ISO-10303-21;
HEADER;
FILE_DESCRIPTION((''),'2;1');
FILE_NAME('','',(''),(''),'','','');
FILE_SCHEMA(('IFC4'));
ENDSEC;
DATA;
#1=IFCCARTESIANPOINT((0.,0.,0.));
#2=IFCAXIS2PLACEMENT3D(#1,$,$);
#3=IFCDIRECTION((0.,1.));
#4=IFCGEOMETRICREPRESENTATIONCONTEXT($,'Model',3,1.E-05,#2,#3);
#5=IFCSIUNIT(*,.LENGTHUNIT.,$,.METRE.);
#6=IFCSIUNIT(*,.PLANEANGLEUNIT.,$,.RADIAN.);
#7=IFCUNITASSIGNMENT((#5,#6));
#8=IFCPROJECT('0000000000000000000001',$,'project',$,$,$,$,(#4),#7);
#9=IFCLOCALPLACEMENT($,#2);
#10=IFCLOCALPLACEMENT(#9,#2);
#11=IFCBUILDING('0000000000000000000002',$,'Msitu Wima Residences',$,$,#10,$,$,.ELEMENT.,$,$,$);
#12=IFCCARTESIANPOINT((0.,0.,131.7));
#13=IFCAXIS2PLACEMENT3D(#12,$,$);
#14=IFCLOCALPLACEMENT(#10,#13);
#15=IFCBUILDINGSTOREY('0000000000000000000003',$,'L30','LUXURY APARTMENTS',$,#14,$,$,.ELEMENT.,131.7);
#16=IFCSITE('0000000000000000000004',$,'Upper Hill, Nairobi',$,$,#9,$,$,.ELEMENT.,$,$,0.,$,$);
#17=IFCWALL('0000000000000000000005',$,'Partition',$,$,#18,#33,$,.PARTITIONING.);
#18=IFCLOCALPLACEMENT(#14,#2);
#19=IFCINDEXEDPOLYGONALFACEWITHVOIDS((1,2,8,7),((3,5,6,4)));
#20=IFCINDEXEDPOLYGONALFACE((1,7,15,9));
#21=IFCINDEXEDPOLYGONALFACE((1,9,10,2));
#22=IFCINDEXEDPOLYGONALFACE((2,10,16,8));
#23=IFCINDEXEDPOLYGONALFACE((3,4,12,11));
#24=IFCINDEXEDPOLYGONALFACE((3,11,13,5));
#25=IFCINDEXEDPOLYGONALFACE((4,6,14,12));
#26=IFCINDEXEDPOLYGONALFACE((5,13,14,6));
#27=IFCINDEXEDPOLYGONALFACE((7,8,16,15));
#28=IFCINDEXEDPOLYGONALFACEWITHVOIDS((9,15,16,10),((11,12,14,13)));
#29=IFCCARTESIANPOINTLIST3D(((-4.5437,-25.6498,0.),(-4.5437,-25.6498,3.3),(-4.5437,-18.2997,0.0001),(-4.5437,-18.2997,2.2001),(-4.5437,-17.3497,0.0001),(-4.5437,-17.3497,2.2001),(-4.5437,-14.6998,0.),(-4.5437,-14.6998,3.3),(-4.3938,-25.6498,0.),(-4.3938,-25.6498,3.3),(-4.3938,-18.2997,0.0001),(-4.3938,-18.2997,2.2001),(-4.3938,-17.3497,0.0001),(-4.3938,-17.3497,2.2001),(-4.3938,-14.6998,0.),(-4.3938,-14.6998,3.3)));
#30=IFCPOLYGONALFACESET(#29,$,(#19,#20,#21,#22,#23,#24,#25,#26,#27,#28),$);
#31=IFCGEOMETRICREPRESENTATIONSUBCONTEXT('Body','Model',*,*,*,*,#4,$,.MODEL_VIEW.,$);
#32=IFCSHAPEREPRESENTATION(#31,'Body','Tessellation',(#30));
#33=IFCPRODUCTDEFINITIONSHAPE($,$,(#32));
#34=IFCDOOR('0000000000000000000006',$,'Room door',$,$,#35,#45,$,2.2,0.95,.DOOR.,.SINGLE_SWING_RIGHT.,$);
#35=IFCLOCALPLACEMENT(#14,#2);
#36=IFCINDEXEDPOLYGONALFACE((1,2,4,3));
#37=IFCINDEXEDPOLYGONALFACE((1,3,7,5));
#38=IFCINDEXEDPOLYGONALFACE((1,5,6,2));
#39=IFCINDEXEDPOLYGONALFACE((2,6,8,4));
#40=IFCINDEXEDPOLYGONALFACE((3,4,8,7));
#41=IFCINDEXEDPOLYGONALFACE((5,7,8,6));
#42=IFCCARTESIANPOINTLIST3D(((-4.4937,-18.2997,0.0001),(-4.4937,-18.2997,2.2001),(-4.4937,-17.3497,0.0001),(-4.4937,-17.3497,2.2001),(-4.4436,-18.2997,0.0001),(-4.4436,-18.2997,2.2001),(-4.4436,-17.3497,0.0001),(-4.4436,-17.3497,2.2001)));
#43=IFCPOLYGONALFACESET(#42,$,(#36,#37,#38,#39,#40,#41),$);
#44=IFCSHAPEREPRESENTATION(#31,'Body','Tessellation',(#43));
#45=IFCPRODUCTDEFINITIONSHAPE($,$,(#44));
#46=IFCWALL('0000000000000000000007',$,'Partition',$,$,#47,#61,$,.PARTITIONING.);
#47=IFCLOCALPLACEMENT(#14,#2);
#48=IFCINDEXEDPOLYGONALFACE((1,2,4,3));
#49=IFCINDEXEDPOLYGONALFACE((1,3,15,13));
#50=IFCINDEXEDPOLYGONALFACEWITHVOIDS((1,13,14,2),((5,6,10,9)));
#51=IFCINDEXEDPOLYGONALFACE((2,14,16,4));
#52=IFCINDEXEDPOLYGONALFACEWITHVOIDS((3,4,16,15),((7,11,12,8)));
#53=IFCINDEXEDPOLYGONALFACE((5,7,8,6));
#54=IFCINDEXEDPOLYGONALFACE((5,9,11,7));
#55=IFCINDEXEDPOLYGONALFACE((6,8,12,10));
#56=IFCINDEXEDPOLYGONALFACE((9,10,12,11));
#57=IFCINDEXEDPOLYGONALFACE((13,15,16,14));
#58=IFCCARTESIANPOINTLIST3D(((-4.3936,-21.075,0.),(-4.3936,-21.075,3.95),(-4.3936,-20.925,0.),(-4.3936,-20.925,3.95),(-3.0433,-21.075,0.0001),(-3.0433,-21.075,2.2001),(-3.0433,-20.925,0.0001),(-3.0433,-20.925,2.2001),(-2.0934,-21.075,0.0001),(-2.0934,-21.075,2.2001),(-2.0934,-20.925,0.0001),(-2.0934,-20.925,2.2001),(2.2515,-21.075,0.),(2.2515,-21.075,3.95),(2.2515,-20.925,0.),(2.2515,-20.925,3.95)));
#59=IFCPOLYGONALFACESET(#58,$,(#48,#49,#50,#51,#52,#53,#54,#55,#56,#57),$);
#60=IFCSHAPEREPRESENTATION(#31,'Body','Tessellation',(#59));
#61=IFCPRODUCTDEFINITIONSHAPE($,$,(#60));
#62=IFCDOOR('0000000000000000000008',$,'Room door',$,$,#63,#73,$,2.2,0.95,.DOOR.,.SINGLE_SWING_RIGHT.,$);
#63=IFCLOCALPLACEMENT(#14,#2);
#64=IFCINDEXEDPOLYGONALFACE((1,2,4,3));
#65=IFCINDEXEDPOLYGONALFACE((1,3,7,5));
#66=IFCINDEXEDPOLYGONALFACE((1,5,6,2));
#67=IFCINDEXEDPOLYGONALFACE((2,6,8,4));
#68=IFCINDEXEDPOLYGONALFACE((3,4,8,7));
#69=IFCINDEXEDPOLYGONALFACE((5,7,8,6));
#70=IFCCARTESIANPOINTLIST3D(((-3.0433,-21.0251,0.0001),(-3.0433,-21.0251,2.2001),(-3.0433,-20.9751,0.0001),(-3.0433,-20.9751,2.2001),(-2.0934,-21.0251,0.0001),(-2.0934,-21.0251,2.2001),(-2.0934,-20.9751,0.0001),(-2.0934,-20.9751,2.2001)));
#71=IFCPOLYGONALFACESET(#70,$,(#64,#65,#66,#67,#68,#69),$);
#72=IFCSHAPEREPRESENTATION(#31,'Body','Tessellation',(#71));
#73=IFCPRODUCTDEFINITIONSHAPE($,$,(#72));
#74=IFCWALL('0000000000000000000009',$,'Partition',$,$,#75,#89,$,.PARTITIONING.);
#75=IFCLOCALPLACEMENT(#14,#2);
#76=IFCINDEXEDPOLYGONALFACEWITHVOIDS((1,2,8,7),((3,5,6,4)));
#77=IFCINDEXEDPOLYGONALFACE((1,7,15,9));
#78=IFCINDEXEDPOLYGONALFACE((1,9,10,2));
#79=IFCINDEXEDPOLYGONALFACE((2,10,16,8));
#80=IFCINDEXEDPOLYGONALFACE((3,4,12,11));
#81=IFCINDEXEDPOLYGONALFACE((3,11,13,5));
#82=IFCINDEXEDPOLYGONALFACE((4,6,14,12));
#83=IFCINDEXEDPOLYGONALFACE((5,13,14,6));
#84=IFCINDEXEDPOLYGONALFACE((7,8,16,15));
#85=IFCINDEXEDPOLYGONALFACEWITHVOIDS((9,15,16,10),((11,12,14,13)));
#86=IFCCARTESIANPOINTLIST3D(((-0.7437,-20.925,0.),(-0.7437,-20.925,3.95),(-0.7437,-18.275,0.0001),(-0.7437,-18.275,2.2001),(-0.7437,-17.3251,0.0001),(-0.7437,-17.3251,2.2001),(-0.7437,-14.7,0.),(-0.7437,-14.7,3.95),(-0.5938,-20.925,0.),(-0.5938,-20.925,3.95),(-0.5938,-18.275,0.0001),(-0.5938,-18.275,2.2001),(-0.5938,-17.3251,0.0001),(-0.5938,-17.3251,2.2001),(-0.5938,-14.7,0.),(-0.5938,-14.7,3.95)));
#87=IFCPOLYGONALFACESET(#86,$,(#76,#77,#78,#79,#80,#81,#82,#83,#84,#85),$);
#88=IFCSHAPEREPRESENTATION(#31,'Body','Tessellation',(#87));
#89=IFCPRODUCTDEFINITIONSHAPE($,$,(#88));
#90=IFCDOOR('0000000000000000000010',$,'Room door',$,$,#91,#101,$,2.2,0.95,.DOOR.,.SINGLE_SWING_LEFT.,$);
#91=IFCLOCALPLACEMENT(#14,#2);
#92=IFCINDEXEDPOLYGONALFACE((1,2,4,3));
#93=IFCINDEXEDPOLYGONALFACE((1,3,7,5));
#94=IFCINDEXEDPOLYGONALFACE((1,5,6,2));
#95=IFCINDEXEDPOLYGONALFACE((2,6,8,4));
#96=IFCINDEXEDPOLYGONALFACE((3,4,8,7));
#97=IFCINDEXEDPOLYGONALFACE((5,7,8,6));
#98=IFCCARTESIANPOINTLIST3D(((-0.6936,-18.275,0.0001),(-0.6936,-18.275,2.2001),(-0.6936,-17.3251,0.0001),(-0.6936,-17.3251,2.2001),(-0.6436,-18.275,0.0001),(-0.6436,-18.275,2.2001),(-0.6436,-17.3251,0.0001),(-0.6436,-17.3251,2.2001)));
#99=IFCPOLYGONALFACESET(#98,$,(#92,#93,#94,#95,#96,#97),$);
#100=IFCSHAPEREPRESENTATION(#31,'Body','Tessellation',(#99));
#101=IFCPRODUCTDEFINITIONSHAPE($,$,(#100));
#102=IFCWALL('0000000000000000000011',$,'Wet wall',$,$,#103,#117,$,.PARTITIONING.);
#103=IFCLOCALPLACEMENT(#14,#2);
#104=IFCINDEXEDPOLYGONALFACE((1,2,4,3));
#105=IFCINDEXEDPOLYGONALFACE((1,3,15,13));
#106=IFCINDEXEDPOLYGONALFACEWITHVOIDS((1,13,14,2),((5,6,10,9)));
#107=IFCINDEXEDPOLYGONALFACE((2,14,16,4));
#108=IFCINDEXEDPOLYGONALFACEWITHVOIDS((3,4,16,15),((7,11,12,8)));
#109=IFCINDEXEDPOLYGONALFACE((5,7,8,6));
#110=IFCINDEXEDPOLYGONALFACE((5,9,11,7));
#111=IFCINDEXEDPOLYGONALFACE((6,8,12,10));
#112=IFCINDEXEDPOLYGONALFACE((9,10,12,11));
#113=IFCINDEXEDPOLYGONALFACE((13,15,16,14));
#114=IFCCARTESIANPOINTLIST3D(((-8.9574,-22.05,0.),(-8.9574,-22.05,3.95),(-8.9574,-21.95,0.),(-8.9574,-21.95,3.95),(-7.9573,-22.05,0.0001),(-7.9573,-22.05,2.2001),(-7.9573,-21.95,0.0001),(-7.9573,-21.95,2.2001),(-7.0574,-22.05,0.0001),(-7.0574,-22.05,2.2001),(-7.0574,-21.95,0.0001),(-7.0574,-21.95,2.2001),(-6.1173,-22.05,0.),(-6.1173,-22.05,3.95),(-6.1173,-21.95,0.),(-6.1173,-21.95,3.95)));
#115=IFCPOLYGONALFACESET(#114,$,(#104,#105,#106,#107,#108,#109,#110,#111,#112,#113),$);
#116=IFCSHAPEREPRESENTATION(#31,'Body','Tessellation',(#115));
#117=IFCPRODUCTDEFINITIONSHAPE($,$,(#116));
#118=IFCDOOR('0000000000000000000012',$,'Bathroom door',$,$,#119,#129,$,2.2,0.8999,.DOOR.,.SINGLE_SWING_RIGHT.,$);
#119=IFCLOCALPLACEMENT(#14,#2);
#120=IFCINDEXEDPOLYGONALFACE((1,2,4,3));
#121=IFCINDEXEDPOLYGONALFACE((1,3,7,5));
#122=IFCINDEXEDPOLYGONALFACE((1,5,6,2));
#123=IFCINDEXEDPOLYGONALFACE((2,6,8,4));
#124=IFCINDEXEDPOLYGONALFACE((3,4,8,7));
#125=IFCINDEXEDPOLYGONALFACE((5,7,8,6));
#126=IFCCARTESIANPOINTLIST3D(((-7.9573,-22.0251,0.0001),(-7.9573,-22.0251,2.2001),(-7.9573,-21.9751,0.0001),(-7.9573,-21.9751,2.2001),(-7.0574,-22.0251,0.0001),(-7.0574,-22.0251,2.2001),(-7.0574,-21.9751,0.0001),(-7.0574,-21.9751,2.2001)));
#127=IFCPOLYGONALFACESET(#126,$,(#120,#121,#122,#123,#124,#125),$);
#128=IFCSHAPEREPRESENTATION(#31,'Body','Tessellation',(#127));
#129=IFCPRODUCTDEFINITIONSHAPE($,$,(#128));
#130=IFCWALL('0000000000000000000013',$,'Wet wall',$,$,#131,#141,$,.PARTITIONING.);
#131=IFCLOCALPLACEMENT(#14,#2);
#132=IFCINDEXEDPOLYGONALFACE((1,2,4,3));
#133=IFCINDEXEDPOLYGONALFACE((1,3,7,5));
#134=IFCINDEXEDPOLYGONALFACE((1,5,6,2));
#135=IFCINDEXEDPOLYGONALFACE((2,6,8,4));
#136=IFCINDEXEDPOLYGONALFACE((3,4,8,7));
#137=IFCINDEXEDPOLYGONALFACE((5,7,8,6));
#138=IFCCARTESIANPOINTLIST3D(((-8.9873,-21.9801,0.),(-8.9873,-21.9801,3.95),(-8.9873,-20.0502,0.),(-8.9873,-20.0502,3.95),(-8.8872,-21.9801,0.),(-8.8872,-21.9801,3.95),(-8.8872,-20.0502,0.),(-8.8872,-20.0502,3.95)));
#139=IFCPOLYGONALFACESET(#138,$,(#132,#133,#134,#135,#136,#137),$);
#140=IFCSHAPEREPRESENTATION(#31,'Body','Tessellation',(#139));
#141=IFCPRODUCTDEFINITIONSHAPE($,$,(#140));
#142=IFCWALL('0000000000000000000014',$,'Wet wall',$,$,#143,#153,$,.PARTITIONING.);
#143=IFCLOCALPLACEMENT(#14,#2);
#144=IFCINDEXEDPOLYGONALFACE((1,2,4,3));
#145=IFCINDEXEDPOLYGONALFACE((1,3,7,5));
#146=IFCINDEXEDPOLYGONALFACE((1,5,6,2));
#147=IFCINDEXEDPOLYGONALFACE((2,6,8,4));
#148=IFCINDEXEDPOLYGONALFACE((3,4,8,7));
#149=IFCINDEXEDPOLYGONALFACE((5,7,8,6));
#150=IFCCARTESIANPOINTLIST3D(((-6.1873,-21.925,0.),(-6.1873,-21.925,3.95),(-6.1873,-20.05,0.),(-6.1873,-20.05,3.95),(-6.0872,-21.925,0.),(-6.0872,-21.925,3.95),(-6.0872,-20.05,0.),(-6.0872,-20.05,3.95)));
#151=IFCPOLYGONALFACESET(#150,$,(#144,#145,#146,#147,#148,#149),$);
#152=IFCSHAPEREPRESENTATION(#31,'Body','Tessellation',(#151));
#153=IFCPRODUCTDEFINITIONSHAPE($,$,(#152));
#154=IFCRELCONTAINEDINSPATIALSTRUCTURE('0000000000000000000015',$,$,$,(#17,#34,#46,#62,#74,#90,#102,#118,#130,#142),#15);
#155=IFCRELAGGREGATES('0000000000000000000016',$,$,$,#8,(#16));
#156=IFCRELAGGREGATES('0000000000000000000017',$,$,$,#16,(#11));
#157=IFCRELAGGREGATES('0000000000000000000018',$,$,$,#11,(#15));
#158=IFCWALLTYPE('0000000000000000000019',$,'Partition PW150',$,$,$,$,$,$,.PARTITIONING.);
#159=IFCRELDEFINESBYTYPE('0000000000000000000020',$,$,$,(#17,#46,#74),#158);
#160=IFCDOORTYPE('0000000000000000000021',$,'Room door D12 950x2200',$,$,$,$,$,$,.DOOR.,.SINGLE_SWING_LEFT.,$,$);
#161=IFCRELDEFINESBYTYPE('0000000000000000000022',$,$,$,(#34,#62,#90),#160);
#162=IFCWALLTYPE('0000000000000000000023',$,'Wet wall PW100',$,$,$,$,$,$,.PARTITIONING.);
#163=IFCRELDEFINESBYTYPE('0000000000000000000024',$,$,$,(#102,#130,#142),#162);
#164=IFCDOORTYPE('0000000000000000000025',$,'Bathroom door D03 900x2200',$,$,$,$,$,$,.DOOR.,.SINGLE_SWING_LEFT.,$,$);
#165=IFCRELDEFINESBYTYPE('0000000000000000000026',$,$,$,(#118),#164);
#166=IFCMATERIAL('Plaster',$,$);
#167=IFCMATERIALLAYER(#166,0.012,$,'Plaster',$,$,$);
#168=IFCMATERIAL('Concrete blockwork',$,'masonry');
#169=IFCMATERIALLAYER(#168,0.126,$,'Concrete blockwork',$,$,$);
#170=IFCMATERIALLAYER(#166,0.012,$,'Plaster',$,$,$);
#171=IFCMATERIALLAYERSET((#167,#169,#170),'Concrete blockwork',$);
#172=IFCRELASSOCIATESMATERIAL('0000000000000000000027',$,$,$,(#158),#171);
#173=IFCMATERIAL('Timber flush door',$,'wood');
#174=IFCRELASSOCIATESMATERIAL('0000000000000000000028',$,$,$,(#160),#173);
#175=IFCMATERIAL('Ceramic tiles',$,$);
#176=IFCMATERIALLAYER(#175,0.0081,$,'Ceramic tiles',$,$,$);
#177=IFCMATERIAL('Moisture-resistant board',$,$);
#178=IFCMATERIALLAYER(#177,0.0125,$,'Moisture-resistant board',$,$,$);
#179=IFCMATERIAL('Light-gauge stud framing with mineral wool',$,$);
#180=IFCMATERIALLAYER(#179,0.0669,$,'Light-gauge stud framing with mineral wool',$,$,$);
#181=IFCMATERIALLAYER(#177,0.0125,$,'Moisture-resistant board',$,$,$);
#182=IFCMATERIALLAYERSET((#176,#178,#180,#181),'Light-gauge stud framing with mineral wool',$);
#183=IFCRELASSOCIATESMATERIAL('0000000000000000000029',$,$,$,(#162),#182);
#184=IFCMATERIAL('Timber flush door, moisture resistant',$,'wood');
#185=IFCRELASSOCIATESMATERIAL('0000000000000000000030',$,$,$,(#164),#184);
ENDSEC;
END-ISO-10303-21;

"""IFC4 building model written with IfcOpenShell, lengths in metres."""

from ifc_helpers import new_model, si_unit, direction, frame, frame_2d, origin, place, context, subcontext, project, spatial, rectangle, extrude, material, layer, layer_set, type_object, element, fill, save


model = new_model("IFC4")

# Units and contexts
model_context = context("Model", 3, precision=1e-05, world=origin(), true_north=direction((0.0, 1.0)))
body_context = subcontext(model_context, "Body", "Model", "MODEL_VIEW")
ifc_project = project(units=[si_unit("LENGTHUNIT", "METRE"), si_unit("PLANEANGLEUNIT", "RADIAN")], contexts=[model_context])

# Site, building, storey
site_placement = place(None, origin())
site = spatial("IfcSite", under=ifc_project, at=site_placement, Name="Upper Hill, Nairobi", CompositionType="ELEMENT", RefElevation=0.0)
building_placement = place(site_placement, origin())
building = spatial("IfcBuilding", under=site, at=building_placement, Name="Msitu Wima Residences", CompositionType="ELEMENT")
storey_placement = place(building_placement, frame((0.0, 0.0, 131.7)))
storey = spatial("IfcBuildingStorey", under=building, at=storey_placement, Name="L30", Description="LUXURY APARTMENTS", CompositionType="ELEMENT", Elevation=131.7)

# Shared definitions
ifc_material_1 = material(Name="Plaster")
ifc_layer_1 = layer(ifc_material_1, 0.012, Name="Plaster")
ifc_material_2 = material(Name="Concrete blockwork", Category="masonry")
ifc_layer_2 = layer(ifc_material_2, 0.126, Name="Concrete blockwork")
ifc_layer_3 = layer(ifc_material_1, 0.012, Name="Plaster")
ifc_layer_set_1 = layer_set([ifc_layer_1, ifc_layer_2, ifc_layer_3], Name="Concrete blockwork")
wall_type_1 = type_object("IfcWallType", Name="Partition PW150", PredefinedType="PARTITIONING", material=ifc_layer_set_1)

# Walls, openings, doors
ifc_material_3 = material(Name="Timber flush door", Category="wood")
door_type_1 = type_object("IfcDoorType", Name="Room door D12 950x2200", OperationType="SINGLE_SWING_LEFT", PredefinedType="DOOR", material=ifc_material_3)
wall_1_placement = place(storey_placement, frame((-4.4688, -25.6499, 0.0), z_axis=(0.0, 0.0, 1.0), x_axis=(0.0, 1.0, 0.0)))
wall_1 = element("IfcWall", 1, at=wall_1_placement, inside=storey, type_object=wall_type_1, Name="Partition", PredefinedType="PARTITIONING", context=body_context, shape_type="SweptSolid", body=[
    extrude(rectangle(XDim=10.95, YDim=0.1499, at=frame_2d((5.4751, 0.0))), origin(), (0.0, 0.0, 1.0), 3.3),
])
opening_1_placement = place(wall_1_placement, frame((7.3501, 0.0, 0.0)))
opening_1 = element("IfcOpeningElement", 2, at=opening_1_placement, cuts=wall_1, PredefinedType="OPENING", context=body_context, shape_type="SweptSolid", body=[
    extrude(rectangle(XDim=0.95, YDim=2.2, at=frame_2d((0.4751, 1.1001))), frame((0.0, 0.085, 0.0), z_axis=(0.0, -1.0, 0.0), x_axis=(1.0, 0.0, 0.0)), (0.0, 0.0, 1.0), 0.1699),
])
door_1_placement = place(opening_1_placement, origin())
door_1 = element("IfcDoor", 3, at=door_1_placement, inside=storey, type_object=door_type_1, Name="Room door", OperationType="SINGLE_SWING_RIGHT", OverallHeight=2.2, OverallWidth=0.95, PredefinedType="DOOR", context=body_context, shape_type="SweptSolid", body=[
    extrude(rectangle(XDim=0.95, YDim=2.2, at=frame_2d((0.4751, 1.1001))), frame((0.0, 0.0249, 0.0), z_axis=(0.0, -1.0, 0.0), x_axis=(1.0, 0.0, 0.0)), (0.0, 0.0, 1.0), 0.05),
])
fill(opening_1, door_1)
wall_2_placement = place(storey_placement, frame((-4.3936, -21.0, 0.0), z_axis=(0.0, 0.0, 1.0), x_axis=(1.0, 0.0, 0.0)))
wall_2 = element("IfcWall", 4, at=wall_2_placement, inside=storey, type_object=wall_type_1, Name="Partition", PredefinedType="PARTITIONING", context=body_context, shape_type="SweptSolid", body=[
    extrude(rectangle(XDim=6.645, YDim=0.1499, at=frame_2d((3.3225, 0.0))), origin(), (0.0, 0.0, 1.0), 3.95),
])
opening_2_placement = place(wall_2_placement, frame((1.3501, 0.0, 0.0)))
opening_2 = element("IfcOpeningElement", 5, at=opening_2_placement, cuts=wall_2, PredefinedType="OPENING", context=body_context, shape_type="SweptSolid", body=[
    extrude(rectangle(XDim=0.95, YDim=2.2, at=frame_2d((0.4751, 1.1001))), frame((0.0, 0.085, 0.0), z_axis=(0.0, -1.0, 0.0), x_axis=(1.0, 0.0, 0.0)), (0.0, 0.0, 1.0), 0.1699),
])
door_2_placement = place(opening_2_placement, origin())
door_2 = element("IfcDoor", 6, at=door_2_placement, inside=storey, type_object=door_type_1, Name="Room door", OperationType="SINGLE_SWING_RIGHT", OverallHeight=2.2, OverallWidth=0.95, PredefinedType="DOOR", context=body_context, shape_type="SweptSolid", body=[
    extrude(rectangle(XDim=0.95, YDim=2.2, at=frame_2d((0.4751, 1.1001))), frame((0.0, 0.0249, 0.0), z_axis=(0.0, -1.0, 0.0), x_axis=(1.0, 0.0, 0.0)), (0.0, 0.0, 1.0), 0.05),
])
fill(opening_2, door_2)
wall_3_placement = place(storey_placement, frame((-0.6687, -20.925, 0.0), z_axis=(0.0, 0.0, 1.0), x_axis=(0.0, 1.0, 0.0)))
wall_3 = element("IfcWall", 7, at=wall_3_placement, inside=storey, type_object=wall_type_1, Name="Partition", PredefinedType="PARTITIONING", context=body_context, shape_type="SweptSolid", body=[
    extrude(rectangle(XDim=6.2251, YDim=0.1499, at=frame_2d((3.1125, 0.0))), origin(), (0.0, 0.0, 1.0), 3.95),
])
opening_3_placement = place(wall_3_placement, frame((2.6499, 0.0, 0.0)))
opening_3 = element("IfcOpeningElement", 8, at=opening_3_placement, cuts=wall_3, PredefinedType="OPENING", context=body_context, shape_type="SweptSolid", body=[
    extrude(rectangle(XDim=0.95, YDim=2.2, at=frame_2d((0.4751, 1.1001))), frame((0.0, 0.085, 0.0), z_axis=(0.0, -1.0, 0.0), x_axis=(1.0, 0.0, 0.0)), (0.0, 0.0, 1.0), 0.1699),
])
door_3_placement = place(opening_3_placement, origin())
door_3 = element("IfcDoor", 9, at=door_3_placement, inside=storey, type_object=door_type_1, Name="Room door", OperationType="SINGLE_SWING_LEFT", OverallHeight=2.2, OverallWidth=0.95, PredefinedType="DOOR", context=body_context, shape_type="SweptSolid", body=[
    extrude(rectangle(XDim=0.95, YDim=2.2, at=frame_2d((0.4751, 1.1001))), frame((0.0, 0.0249, 0.0), z_axis=(0.0, -1.0, 0.0), x_axis=(1.0, 0.0, 0.0)), (0.0, 0.0, 1.0), 0.05),
])
fill(opening_3, door_3)
ifc_material_4 = material(Name="Ceramic tiles")
ifc_layer_4 = layer(ifc_material_4, 0.0081, Name="Ceramic tiles")
ifc_material_5 = material(Name="Moisture-resistant board")
ifc_layer_5 = layer(ifc_material_5, 0.0125, Name="Moisture-resistant board")
ifc_material_6 = material(Name="Light-gauge stud framing with mineral wool")
ifc_layer_6 = layer(ifc_material_6, 0.0669, Name="Light-gauge stud framing with mineral wool")
ifc_layer_7 = layer(ifc_material_5, 0.0125, Name="Moisture-resistant board")
ifc_layer_set_2 = layer_set([ifc_layer_4, ifc_layer_5, ifc_layer_6, ifc_layer_7], Name="Light-gauge stud framing with mineral wool")
wall_type_2 = type_object("IfcWallType", Name="Wet wall PW100", PredefinedType="PARTITIONING", material=ifc_layer_set_2)
wall_4_placement = place(storey_placement, frame((-8.9573, -22.0, 0.0), z_axis=(0.0, 0.0, 1.0), x_axis=(1.0, 0.0, 0.0)))
wall_4 = element("IfcWall", 10, at=wall_4_placement, inside=storey, type_object=wall_type_2, Name="Wet wall", PredefinedType="PARTITIONING", context=body_context, shape_type="SweptSolid", body=[
    extrude(rectangle(XDim=2.8401, YDim=0.1001, at=frame_2d((1.4199, 0.0))), origin(), (0.0, 0.0, 1.0), 3.95),
])
opening_4_placement = place(wall_4_placement, frame((1.0, 0.0, 0.0)))
opening_4 = element("IfcOpeningElement", 11, at=opening_4_placement, cuts=wall_4, PredefinedType="OPENING", context=body_context, shape_type="SweptSolid", body=[
    extrude(rectangle(XDim=0.8999, YDim=2.2, at=frame_2d((0.45, 1.1001))), frame((0.0, 0.0601, 0.0), z_axis=(0.0, -1.0, 0.0), x_axis=(1.0, 0.0, 0.0)), (0.0, 0.0, 1.0), 0.1201),
])
ifc_material_7 = material(Name="Timber flush door, moisture resistant", Category="wood")
door_type_2 = type_object("IfcDoorType", Name="Bathroom door D03 900x2200", OperationType="SINGLE_SWING_LEFT", PredefinedType="DOOR", material=ifc_material_7)
door_4_placement = place(opening_4_placement, origin())
door_4 = element("IfcDoor", 12, at=door_4_placement, inside=storey, type_object=door_type_2, Name="Bathroom door", OperationType="SINGLE_SWING_RIGHT", OverallHeight=2.2, OverallWidth=0.8999, PredefinedType="DOOR", context=body_context, shape_type="SweptSolid", body=[
    extrude(rectangle(XDim=0.8999, YDim=2.2, at=frame_2d((0.45, 1.1001))), frame((0.0, 0.0249, 0.0), z_axis=(0.0, -1.0, 0.0), x_axis=(1.0, 0.0, 0.0)), (0.0, 0.0, 1.0), 0.05),
])
fill(opening_4, door_4)

# Walls
wall_5_placement = place(storey_placement, frame((-8.9373, -21.98, 0.0), z_axis=(0.0, 0.0, 1.0), x_axis=(0.0, 1.0, 0.0)))
element("IfcWall", 13, at=wall_5_placement, inside=storey, type_object=wall_type_2, Name="Wet wall", PredefinedType="PARTITIONING", context=body_context, shape_type="SweptSolid", body=[
    extrude(rectangle(XDim=1.9299, YDim=0.1001, at=frame_2d((0.9648, 0.0))), origin(), (0.0, 0.0, 1.0), 3.95),
])
wall_6_placement = place(storey_placement, frame((-6.1372, -21.925, 0.0), z_axis=(0.0, 0.0, 1.0), x_axis=(0.0, 1.0, 0.0)))
element("IfcWall", 14, at=wall_6_placement, inside=storey, type_object=wall_type_2, Name="Wet wall", PredefinedType="PARTITIONING", context=body_context, shape_type="SweptSolid", body=[
    extrude(rectangle(XDim=1.875, YDim=0.1001, at=frame_2d((0.9375, 0.0))), origin(), (0.0, 0.0, 1.0), 3.95),
])

save(model, "model.ifc")
